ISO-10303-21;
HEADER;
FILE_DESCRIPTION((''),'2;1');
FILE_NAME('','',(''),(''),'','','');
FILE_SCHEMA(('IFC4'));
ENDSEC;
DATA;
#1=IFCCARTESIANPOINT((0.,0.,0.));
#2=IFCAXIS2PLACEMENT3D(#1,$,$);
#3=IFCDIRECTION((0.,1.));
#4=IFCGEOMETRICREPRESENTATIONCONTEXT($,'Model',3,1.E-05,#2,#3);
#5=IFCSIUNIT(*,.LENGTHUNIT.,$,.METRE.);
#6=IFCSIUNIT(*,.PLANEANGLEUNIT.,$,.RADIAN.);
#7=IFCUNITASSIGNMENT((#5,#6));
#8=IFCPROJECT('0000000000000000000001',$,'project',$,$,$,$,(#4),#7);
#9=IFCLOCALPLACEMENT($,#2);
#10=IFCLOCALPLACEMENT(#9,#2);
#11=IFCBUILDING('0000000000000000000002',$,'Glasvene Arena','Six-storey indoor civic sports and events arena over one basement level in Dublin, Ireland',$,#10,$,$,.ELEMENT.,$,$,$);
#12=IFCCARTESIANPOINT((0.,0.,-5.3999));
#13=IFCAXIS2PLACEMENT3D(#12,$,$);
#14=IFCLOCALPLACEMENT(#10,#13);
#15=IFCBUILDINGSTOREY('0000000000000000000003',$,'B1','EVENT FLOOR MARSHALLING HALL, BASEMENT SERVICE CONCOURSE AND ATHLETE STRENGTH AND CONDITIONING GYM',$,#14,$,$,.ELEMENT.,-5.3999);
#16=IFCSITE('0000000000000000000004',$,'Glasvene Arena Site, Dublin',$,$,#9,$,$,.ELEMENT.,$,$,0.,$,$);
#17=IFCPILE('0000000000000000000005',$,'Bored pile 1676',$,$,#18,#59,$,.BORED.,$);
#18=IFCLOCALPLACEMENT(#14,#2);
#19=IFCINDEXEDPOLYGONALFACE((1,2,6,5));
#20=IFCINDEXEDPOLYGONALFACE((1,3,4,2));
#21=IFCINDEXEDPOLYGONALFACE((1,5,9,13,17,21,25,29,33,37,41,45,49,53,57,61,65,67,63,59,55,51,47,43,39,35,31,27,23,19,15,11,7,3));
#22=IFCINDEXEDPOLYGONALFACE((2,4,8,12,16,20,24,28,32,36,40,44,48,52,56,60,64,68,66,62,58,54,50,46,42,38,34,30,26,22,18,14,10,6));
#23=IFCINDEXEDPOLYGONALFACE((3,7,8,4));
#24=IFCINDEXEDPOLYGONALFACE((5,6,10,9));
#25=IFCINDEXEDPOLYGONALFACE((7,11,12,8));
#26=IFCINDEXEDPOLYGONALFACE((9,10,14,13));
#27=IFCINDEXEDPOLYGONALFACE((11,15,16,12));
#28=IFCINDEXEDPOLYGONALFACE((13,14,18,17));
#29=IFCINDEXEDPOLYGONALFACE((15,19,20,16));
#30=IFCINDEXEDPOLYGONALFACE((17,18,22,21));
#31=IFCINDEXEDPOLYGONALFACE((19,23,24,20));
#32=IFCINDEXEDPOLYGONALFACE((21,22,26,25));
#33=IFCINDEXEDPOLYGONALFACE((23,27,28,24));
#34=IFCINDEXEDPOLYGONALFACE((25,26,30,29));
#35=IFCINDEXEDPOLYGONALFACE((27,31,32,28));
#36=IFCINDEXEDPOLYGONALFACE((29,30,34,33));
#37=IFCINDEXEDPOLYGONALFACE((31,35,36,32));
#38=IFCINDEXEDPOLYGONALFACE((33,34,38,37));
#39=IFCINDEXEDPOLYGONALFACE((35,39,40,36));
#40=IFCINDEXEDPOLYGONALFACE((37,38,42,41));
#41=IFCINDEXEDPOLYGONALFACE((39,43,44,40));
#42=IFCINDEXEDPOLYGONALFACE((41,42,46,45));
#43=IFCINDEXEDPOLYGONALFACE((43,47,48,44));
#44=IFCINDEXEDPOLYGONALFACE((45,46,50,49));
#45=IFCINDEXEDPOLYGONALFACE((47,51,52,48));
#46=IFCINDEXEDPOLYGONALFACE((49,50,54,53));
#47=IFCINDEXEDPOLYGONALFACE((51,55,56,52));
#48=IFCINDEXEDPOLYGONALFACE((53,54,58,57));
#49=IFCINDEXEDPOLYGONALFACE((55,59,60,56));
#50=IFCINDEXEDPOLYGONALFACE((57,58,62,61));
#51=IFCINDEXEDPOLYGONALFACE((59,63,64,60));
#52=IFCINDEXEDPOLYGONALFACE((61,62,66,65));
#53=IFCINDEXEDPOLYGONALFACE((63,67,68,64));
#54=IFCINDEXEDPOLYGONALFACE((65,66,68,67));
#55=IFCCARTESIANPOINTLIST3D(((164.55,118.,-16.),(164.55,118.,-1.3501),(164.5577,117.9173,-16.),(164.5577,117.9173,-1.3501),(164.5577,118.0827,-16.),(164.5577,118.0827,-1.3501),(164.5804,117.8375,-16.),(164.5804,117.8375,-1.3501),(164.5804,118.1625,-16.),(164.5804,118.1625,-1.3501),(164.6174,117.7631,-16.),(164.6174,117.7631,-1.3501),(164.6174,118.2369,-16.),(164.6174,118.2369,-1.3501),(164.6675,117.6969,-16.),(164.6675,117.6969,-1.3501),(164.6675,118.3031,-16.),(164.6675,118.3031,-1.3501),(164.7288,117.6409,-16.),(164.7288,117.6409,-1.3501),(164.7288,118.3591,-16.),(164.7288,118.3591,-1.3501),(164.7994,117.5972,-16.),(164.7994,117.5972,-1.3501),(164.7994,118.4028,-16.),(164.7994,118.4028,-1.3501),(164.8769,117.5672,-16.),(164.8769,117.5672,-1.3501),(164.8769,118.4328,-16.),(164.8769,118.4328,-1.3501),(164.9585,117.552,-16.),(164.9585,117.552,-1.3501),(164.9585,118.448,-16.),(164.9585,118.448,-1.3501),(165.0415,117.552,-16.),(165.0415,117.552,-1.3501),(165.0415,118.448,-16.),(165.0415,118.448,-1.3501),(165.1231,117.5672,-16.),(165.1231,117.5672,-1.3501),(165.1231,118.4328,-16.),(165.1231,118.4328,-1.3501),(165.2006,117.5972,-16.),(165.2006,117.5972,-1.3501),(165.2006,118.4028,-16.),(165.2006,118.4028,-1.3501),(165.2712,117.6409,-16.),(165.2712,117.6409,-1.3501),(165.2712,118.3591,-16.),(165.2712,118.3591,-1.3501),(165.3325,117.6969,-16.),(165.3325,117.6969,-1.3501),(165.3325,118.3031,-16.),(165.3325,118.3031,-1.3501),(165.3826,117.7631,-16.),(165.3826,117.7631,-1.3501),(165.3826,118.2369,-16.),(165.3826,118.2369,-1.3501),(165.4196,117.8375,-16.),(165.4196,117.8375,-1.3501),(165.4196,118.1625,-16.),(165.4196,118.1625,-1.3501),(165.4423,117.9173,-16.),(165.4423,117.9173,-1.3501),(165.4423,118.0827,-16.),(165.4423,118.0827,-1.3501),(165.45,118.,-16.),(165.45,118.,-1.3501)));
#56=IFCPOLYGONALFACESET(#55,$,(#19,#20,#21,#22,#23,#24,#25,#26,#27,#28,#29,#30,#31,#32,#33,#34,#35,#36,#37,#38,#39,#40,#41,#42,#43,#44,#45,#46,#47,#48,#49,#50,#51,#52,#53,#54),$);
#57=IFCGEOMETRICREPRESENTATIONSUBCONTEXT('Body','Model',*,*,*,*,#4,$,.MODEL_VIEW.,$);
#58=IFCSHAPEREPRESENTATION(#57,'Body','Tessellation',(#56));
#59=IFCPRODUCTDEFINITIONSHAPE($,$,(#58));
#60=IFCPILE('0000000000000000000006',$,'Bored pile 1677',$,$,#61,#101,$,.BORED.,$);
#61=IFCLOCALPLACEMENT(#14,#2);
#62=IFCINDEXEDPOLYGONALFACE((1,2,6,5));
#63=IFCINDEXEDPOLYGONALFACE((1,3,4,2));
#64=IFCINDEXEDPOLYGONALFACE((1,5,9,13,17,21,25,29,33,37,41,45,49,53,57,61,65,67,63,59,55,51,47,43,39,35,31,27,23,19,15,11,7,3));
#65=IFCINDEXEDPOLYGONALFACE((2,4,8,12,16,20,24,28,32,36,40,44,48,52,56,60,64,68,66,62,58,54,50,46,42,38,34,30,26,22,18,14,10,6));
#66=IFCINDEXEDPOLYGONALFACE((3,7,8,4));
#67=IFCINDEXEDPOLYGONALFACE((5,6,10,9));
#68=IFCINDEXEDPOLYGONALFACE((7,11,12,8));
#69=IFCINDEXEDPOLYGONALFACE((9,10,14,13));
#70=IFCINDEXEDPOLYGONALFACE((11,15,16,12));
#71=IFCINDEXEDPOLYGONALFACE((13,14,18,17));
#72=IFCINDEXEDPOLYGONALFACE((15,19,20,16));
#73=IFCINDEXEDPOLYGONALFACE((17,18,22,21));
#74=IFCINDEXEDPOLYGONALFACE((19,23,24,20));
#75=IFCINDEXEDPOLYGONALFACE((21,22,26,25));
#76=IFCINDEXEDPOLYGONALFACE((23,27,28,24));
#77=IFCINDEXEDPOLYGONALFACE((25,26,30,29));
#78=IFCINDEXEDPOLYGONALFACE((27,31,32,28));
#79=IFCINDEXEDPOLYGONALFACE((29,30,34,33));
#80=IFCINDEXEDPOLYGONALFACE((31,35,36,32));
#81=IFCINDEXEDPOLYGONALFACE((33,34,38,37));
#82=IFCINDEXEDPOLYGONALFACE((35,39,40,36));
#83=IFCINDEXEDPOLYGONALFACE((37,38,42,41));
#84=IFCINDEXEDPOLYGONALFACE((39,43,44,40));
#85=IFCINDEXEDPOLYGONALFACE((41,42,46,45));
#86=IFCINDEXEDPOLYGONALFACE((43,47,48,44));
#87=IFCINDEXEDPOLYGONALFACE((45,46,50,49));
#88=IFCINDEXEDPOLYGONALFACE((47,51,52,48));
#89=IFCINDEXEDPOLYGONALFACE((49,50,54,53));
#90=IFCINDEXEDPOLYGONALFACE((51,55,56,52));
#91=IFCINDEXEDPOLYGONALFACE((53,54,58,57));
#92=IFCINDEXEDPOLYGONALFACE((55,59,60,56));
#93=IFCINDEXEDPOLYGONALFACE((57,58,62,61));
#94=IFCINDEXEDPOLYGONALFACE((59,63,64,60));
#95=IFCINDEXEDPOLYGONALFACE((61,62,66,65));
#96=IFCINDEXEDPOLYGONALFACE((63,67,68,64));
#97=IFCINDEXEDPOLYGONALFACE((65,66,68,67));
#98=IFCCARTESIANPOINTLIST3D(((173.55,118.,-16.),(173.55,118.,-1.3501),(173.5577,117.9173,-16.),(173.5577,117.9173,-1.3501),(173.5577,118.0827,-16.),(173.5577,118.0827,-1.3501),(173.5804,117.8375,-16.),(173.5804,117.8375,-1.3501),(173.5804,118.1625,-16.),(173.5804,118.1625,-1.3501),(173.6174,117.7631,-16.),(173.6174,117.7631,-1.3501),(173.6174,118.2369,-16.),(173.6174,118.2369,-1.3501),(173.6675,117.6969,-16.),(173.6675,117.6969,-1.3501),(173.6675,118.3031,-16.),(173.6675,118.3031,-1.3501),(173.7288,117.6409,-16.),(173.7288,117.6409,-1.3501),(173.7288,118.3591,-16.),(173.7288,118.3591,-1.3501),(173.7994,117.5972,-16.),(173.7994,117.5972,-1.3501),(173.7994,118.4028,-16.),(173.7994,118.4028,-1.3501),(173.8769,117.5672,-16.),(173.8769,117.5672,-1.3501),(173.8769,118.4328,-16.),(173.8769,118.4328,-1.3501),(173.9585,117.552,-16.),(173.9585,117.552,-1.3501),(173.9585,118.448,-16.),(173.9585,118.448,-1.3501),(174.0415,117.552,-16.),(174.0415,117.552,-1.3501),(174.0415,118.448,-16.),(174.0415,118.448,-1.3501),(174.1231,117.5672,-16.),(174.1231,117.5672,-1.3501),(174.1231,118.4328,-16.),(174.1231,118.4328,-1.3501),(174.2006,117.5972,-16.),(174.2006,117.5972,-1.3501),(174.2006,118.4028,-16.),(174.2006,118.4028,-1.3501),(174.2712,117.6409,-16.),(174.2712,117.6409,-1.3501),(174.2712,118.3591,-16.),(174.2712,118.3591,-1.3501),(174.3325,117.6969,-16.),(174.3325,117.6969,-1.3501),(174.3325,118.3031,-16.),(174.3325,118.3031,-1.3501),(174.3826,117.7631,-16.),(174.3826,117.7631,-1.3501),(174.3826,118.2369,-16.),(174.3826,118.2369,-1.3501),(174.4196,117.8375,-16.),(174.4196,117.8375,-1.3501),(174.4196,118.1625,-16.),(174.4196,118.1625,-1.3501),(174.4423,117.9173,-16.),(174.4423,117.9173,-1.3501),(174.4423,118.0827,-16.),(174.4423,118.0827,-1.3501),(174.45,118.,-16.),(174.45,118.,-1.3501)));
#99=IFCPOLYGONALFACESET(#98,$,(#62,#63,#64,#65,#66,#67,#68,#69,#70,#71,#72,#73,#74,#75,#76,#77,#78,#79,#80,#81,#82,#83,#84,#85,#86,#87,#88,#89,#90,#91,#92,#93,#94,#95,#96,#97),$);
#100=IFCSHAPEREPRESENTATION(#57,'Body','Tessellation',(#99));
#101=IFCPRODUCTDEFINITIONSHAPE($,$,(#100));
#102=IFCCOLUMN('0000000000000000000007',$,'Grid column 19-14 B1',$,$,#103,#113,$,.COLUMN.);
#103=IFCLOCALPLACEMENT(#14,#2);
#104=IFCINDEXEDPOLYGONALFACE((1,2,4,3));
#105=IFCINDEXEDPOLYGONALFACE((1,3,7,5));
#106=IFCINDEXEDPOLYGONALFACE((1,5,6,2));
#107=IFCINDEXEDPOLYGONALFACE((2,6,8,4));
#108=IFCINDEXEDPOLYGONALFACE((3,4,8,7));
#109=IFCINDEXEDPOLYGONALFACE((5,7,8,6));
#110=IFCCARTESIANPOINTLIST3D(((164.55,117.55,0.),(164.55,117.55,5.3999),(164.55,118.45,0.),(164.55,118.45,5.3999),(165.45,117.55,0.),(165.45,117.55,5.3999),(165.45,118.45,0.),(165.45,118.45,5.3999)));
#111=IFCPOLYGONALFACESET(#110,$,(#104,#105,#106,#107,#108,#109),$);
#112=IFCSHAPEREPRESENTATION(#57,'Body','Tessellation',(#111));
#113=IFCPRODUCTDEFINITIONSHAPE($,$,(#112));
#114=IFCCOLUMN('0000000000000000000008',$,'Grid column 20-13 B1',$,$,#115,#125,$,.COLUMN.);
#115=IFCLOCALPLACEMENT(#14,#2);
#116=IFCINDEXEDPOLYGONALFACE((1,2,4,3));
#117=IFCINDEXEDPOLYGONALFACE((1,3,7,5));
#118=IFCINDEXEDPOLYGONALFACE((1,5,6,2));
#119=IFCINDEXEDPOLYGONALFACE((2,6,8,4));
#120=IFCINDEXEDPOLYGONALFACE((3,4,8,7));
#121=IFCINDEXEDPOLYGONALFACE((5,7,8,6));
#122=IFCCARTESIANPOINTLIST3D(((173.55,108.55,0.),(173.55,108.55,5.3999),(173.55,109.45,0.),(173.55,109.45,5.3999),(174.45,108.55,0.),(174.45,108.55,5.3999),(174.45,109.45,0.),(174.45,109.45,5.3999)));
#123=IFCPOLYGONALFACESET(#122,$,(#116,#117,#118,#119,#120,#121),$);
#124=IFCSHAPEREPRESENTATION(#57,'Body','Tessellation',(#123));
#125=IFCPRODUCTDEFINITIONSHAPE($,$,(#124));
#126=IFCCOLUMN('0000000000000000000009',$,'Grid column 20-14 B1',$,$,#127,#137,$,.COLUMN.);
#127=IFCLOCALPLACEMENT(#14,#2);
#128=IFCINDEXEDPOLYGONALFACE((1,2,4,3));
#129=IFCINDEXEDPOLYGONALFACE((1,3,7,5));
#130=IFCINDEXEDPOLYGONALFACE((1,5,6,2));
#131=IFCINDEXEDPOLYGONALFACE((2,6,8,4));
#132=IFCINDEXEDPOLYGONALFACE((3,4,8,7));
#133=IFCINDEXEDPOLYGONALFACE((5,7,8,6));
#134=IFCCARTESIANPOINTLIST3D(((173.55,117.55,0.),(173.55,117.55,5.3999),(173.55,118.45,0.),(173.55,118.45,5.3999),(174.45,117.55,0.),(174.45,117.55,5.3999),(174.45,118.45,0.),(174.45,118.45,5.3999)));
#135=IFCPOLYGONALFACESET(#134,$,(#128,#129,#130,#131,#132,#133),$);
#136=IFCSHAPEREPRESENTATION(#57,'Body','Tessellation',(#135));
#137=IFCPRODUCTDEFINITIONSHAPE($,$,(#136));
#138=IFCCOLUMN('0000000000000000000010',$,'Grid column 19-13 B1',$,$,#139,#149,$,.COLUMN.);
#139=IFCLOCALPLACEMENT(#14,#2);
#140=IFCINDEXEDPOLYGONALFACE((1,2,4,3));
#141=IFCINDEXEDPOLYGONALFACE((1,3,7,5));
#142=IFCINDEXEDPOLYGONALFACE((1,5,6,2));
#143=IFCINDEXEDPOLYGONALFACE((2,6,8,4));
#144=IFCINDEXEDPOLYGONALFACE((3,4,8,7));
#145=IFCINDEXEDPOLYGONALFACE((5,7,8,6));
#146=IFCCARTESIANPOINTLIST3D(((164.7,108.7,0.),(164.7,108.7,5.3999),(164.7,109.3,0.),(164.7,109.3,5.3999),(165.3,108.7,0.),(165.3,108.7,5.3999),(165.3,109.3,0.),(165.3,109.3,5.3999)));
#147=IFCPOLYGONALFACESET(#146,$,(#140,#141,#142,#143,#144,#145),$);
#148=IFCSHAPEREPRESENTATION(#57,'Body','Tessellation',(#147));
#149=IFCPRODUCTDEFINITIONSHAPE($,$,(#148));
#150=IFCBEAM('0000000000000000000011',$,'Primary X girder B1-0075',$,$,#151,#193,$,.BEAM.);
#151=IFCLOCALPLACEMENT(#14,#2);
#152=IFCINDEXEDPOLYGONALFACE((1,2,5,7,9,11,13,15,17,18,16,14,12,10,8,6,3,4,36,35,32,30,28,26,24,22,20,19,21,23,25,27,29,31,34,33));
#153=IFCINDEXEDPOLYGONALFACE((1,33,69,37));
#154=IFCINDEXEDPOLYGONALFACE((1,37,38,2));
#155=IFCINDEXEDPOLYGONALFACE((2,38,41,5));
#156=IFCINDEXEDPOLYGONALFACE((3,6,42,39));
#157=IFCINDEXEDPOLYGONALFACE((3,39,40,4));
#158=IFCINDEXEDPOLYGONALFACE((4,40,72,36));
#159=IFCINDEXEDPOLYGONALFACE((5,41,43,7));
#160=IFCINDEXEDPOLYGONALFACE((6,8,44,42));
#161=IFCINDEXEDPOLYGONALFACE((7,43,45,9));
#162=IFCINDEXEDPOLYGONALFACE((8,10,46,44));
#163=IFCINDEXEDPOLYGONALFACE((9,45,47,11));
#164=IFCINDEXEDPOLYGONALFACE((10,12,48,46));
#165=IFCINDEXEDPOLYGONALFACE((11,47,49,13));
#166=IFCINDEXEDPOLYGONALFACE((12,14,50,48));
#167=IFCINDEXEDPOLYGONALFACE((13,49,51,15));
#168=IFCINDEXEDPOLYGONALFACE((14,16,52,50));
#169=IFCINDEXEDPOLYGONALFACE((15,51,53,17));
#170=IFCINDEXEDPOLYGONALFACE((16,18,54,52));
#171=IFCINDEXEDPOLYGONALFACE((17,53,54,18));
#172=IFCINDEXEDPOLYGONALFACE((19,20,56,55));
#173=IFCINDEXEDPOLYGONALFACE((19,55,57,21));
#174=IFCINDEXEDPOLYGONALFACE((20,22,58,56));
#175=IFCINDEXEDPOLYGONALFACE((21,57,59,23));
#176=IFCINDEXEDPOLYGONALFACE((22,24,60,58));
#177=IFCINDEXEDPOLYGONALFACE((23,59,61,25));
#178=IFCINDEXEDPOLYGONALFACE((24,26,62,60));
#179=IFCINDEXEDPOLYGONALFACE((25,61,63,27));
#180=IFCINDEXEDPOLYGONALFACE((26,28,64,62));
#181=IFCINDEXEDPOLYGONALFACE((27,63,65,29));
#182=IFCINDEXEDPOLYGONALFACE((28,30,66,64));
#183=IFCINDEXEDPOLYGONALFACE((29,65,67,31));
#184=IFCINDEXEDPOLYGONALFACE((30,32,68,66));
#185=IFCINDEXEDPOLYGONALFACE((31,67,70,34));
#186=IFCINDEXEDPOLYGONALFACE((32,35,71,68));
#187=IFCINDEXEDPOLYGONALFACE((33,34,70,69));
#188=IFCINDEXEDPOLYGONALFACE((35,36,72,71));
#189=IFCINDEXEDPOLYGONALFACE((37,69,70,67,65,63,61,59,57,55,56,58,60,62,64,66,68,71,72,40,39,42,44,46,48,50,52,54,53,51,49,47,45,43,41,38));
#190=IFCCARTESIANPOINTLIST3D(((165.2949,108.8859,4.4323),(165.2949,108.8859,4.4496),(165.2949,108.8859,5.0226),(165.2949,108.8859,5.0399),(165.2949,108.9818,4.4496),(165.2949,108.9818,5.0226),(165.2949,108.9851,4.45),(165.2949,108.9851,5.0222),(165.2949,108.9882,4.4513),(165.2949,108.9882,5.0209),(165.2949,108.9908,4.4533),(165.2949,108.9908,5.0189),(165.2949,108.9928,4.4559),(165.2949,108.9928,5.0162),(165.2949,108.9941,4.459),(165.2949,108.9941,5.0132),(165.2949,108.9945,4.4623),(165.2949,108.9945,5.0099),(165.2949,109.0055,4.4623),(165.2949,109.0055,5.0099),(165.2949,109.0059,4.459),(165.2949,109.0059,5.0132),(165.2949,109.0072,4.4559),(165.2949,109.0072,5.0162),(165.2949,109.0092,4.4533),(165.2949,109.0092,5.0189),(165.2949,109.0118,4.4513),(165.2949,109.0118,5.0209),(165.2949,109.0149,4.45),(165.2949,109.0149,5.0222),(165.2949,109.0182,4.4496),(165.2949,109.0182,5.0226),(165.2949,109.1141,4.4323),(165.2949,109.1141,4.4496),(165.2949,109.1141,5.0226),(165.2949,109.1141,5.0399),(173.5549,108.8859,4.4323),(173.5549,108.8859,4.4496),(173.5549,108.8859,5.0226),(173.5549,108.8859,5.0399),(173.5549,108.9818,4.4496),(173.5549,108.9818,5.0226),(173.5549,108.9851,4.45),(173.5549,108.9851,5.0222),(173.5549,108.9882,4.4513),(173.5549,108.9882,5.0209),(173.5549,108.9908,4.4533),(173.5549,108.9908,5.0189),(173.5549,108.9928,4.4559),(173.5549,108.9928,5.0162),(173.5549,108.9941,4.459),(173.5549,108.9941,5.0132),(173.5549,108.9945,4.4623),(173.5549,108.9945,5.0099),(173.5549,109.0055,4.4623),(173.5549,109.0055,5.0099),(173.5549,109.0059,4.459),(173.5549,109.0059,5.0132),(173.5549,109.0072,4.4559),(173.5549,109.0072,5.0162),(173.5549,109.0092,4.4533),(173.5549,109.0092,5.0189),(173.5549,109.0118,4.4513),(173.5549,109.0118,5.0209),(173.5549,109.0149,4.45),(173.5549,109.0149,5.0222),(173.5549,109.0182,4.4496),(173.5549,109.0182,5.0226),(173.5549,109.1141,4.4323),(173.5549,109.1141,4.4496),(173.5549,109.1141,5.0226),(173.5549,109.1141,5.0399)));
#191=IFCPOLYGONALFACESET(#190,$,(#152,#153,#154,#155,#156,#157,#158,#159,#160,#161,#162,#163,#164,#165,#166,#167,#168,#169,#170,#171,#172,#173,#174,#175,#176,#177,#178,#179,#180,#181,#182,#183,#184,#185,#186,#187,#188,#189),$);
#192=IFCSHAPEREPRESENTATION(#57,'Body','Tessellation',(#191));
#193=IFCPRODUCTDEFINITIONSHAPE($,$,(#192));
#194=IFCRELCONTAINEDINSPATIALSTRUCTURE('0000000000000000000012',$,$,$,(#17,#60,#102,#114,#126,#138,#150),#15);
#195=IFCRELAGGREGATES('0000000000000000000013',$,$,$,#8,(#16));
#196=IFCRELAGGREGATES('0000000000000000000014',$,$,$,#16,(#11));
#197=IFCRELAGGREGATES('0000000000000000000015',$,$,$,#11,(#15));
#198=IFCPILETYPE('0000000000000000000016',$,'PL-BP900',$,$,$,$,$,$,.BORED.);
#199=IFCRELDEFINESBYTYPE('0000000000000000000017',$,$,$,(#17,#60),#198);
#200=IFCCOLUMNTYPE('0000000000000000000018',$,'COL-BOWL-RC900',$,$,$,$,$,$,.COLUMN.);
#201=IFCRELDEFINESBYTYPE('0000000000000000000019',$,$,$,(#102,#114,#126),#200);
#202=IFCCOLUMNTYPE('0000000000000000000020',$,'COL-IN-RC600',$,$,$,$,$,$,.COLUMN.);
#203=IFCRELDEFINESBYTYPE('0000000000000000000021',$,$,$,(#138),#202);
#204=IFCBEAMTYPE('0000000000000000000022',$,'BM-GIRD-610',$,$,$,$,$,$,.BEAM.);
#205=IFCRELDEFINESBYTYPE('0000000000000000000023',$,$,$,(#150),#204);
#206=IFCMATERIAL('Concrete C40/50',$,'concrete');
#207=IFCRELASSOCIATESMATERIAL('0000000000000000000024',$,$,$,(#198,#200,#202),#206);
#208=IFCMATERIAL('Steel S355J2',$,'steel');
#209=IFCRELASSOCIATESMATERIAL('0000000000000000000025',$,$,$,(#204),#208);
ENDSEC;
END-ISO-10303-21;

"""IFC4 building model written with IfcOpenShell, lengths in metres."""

from ifc_helpers import new_model, si_unit, direction, frame, origin, origin_2d, place, context, subcontext, project, spatial, rectangle, circle, i_section, extrude, material, material_profile, profile_set, type_object, element, save


model = new_model("IFC4")

# Units and contexts
model_context = context("Model", 3, precision=1e-05, world=origin(), true_north=direction((0.0, 1.0)))
body_context = subcontext(model_context, "Body", "Model", "MODEL_VIEW")
ifc_project = project(units=[si_unit("LENGTHUNIT", "METRE"), si_unit("PLANEANGLEUNIT", "RADIAN")], contexts=[model_context])

# Site, building, storey
site_placement = place(None, origin())
site = spatial("IfcSite", under=ifc_project, at=site_placement, Name="Glasvene Arena Site, Dublin", CompositionType="ELEMENT", RefElevation=0.0)
building_placement = place(site_placement, origin())
building = spatial("IfcBuilding", under=site, at=building_placement, Name="Glasvene Arena", Description="Six-storey indoor civic sports and events arena over one basement level in Dublin, Ireland", CompositionType="ELEMENT")
storey_placement = place(building_placement, frame((0.0, 0.0, -5.3999)))
storey = spatial("IfcBuildingStorey", under=building, at=storey_placement, Name="B1", Description="EVENT FLOOR MARSHALLING HALL, BASEMENT SERVICE CONCOURSE AND ATHLETE STRENGTH AND CONDITIONING GYM", CompositionType="ELEMENT", Elevation=-5.3999)

# Shared definitions
ifc_material_1 = material(Name="Concrete C40/50", Category="concrete")

# Piles
ifc_material_profile_1 = material_profile(ifc_material_1, circle(Radius=0.45, at=origin_2d()), Name="BORED PILE 900")
ifc_profile_set_1 = profile_set([ifc_material_profile_1], Name="Concrete C40/50")
pile_type = type_object("IfcPileType", Name="PL-BP900", PredefinedType="BORED", material=ifc_profile_set_1)
for number, where, z_axis, x_axis, name in (
    (1, (165.0, 118.0, -1.3501), (0.0, 0.0, -1.0), (1.0, 0.0, 0.0), "Bored pile 1676"),
    (2, (174.0, 118.0, -1.3501), (0.0, 0.0, -1.0), (1.0, 0.0, 0.0), "Bored pile 1677"),
):
    element("IfcPile", number, at=place(storey_placement, frame(where, z_axis=z_axis, x_axis=x_axis)), inside=storey, type_object=pile_type, Name=name, PredefinedType="BORED", context=body_context, shape_type="SweptSolid", body=[
        extrude(circle(Radius=0.45, at=origin_2d()), origin(), (0.0, 0.0, 1.0), 14.6499),
    ])

# Columns
ifc_material_profile_2 = material_profile(ifc_material_1, rectangle(XDim=0.8999, YDim=0.8999, at=origin_2d()), Name="RC 900x900")
ifc_profile_set_2 = profile_set([ifc_material_profile_2], Name="Concrete C40/50")
column_type_1 = type_object("IfcColumnType", Name="COL-BOWL-RC900", PredefinedType="COLUMN", material=ifc_profile_set_2)
for number, where, z_axis, x_axis, name in (
    (3, (165.0, 118.0, 0.0), (0.0, 0.0, 1.0), (1.0, 0.0, 0.0), "Grid column 19-14 B1"),
    (4, (174.0, 109.0, 0.0), (0.0, 0.0, 1.0), (1.0, 0.0, 0.0), "Grid column 20-13 B1"),
    (5, (174.0, 118.0, 0.0), (0.0, 0.0, 1.0), (1.0, 0.0, 0.0), "Grid column 20-14 B1"),
):
    element("IfcColumn", number, at=place(storey_placement, frame(where, z_axis=z_axis, x_axis=x_axis)), inside=storey, type_object=column_type_1, Name=name, PredefinedType="COLUMN", context=body_context, shape_type="SweptSolid", body=[
        extrude(rectangle(XDim=0.8999, YDim=0.8999, at=origin_2d()), origin(), (0.0, 0.0, 1.0), 5.3999),
    ])
ifc_material_profile_3 = material_profile(ifc_material_1, rectangle(XDim=0.6001, YDim=0.6001, at=origin_2d()), Name="RC 600x600")
ifc_profile_set_3 = profile_set([ifc_material_profile_3], Name="Concrete C40/50")
column_type_2 = type_object("IfcColumnType", Name="COL-IN-RC600", PredefinedType="COLUMN", material=ifc_profile_set_3)
column_placement = place(storey_placement, frame((165.0, 109.0, 0.0), z_axis=(0.0, 0.0, 1.0), x_axis=(1.0, 0.0, 0.0)))
element("IfcColumn", 6, at=column_placement, inside=storey, type_object=column_type_2, Name="Grid column 19-13 B1", PredefinedType="COLUMN", context=body_context, shape_type="SweptSolid", body=[
    extrude(rectangle(XDim=0.6001, YDim=0.6001, at=origin_2d()), origin(), (0.0, 0.0, 1.0), 5.3999),
])

# Beam
ifc_material_2 = material(Name="Steel S355J2", Category="steel")
ifc_material_profile_4 = material_profile(ifc_material_2, i_section(OverallWidth=0.2283, OverallDepth=0.6077, WebThickness=0.011, FlangeThickness=0.0173, FilletRadius=0.0127, at=origin_2d()), Name="UKB 610x229x113")
ifc_profile_set_4 = profile_set([ifc_material_profile_4], Name="Steel S355J2")
beam_type_1 = type_object("IfcBeamType", Name="BM-GIRD-610", PredefinedType="BEAM", material=ifc_profile_set_4)
beam_1_placement = place(storey_placement, frame((165.2949, 109.0, 4.7361), z_axis=(1.0, 0.0, 0.0), x_axis=(0.0, 1.0, 0.0)))
element("IfcBeam", 7, at=beam_1_placement, inside=storey, type_object=beam_type_1, Name="Primary X girder B1-0075", PredefinedType="BEAM", context=body_context, shape_type="SweptSolid", body=[
    extrude(i_section(OverallWidth=0.2283, OverallDepth=0.6077, WebThickness=0.011, FlangeThickness=0.0173, FilletRadius=0.0127, at=origin_2d()), origin(), (0.0, 0.0, 1.0), 8.26),
])

save(model, "model.ifc")
